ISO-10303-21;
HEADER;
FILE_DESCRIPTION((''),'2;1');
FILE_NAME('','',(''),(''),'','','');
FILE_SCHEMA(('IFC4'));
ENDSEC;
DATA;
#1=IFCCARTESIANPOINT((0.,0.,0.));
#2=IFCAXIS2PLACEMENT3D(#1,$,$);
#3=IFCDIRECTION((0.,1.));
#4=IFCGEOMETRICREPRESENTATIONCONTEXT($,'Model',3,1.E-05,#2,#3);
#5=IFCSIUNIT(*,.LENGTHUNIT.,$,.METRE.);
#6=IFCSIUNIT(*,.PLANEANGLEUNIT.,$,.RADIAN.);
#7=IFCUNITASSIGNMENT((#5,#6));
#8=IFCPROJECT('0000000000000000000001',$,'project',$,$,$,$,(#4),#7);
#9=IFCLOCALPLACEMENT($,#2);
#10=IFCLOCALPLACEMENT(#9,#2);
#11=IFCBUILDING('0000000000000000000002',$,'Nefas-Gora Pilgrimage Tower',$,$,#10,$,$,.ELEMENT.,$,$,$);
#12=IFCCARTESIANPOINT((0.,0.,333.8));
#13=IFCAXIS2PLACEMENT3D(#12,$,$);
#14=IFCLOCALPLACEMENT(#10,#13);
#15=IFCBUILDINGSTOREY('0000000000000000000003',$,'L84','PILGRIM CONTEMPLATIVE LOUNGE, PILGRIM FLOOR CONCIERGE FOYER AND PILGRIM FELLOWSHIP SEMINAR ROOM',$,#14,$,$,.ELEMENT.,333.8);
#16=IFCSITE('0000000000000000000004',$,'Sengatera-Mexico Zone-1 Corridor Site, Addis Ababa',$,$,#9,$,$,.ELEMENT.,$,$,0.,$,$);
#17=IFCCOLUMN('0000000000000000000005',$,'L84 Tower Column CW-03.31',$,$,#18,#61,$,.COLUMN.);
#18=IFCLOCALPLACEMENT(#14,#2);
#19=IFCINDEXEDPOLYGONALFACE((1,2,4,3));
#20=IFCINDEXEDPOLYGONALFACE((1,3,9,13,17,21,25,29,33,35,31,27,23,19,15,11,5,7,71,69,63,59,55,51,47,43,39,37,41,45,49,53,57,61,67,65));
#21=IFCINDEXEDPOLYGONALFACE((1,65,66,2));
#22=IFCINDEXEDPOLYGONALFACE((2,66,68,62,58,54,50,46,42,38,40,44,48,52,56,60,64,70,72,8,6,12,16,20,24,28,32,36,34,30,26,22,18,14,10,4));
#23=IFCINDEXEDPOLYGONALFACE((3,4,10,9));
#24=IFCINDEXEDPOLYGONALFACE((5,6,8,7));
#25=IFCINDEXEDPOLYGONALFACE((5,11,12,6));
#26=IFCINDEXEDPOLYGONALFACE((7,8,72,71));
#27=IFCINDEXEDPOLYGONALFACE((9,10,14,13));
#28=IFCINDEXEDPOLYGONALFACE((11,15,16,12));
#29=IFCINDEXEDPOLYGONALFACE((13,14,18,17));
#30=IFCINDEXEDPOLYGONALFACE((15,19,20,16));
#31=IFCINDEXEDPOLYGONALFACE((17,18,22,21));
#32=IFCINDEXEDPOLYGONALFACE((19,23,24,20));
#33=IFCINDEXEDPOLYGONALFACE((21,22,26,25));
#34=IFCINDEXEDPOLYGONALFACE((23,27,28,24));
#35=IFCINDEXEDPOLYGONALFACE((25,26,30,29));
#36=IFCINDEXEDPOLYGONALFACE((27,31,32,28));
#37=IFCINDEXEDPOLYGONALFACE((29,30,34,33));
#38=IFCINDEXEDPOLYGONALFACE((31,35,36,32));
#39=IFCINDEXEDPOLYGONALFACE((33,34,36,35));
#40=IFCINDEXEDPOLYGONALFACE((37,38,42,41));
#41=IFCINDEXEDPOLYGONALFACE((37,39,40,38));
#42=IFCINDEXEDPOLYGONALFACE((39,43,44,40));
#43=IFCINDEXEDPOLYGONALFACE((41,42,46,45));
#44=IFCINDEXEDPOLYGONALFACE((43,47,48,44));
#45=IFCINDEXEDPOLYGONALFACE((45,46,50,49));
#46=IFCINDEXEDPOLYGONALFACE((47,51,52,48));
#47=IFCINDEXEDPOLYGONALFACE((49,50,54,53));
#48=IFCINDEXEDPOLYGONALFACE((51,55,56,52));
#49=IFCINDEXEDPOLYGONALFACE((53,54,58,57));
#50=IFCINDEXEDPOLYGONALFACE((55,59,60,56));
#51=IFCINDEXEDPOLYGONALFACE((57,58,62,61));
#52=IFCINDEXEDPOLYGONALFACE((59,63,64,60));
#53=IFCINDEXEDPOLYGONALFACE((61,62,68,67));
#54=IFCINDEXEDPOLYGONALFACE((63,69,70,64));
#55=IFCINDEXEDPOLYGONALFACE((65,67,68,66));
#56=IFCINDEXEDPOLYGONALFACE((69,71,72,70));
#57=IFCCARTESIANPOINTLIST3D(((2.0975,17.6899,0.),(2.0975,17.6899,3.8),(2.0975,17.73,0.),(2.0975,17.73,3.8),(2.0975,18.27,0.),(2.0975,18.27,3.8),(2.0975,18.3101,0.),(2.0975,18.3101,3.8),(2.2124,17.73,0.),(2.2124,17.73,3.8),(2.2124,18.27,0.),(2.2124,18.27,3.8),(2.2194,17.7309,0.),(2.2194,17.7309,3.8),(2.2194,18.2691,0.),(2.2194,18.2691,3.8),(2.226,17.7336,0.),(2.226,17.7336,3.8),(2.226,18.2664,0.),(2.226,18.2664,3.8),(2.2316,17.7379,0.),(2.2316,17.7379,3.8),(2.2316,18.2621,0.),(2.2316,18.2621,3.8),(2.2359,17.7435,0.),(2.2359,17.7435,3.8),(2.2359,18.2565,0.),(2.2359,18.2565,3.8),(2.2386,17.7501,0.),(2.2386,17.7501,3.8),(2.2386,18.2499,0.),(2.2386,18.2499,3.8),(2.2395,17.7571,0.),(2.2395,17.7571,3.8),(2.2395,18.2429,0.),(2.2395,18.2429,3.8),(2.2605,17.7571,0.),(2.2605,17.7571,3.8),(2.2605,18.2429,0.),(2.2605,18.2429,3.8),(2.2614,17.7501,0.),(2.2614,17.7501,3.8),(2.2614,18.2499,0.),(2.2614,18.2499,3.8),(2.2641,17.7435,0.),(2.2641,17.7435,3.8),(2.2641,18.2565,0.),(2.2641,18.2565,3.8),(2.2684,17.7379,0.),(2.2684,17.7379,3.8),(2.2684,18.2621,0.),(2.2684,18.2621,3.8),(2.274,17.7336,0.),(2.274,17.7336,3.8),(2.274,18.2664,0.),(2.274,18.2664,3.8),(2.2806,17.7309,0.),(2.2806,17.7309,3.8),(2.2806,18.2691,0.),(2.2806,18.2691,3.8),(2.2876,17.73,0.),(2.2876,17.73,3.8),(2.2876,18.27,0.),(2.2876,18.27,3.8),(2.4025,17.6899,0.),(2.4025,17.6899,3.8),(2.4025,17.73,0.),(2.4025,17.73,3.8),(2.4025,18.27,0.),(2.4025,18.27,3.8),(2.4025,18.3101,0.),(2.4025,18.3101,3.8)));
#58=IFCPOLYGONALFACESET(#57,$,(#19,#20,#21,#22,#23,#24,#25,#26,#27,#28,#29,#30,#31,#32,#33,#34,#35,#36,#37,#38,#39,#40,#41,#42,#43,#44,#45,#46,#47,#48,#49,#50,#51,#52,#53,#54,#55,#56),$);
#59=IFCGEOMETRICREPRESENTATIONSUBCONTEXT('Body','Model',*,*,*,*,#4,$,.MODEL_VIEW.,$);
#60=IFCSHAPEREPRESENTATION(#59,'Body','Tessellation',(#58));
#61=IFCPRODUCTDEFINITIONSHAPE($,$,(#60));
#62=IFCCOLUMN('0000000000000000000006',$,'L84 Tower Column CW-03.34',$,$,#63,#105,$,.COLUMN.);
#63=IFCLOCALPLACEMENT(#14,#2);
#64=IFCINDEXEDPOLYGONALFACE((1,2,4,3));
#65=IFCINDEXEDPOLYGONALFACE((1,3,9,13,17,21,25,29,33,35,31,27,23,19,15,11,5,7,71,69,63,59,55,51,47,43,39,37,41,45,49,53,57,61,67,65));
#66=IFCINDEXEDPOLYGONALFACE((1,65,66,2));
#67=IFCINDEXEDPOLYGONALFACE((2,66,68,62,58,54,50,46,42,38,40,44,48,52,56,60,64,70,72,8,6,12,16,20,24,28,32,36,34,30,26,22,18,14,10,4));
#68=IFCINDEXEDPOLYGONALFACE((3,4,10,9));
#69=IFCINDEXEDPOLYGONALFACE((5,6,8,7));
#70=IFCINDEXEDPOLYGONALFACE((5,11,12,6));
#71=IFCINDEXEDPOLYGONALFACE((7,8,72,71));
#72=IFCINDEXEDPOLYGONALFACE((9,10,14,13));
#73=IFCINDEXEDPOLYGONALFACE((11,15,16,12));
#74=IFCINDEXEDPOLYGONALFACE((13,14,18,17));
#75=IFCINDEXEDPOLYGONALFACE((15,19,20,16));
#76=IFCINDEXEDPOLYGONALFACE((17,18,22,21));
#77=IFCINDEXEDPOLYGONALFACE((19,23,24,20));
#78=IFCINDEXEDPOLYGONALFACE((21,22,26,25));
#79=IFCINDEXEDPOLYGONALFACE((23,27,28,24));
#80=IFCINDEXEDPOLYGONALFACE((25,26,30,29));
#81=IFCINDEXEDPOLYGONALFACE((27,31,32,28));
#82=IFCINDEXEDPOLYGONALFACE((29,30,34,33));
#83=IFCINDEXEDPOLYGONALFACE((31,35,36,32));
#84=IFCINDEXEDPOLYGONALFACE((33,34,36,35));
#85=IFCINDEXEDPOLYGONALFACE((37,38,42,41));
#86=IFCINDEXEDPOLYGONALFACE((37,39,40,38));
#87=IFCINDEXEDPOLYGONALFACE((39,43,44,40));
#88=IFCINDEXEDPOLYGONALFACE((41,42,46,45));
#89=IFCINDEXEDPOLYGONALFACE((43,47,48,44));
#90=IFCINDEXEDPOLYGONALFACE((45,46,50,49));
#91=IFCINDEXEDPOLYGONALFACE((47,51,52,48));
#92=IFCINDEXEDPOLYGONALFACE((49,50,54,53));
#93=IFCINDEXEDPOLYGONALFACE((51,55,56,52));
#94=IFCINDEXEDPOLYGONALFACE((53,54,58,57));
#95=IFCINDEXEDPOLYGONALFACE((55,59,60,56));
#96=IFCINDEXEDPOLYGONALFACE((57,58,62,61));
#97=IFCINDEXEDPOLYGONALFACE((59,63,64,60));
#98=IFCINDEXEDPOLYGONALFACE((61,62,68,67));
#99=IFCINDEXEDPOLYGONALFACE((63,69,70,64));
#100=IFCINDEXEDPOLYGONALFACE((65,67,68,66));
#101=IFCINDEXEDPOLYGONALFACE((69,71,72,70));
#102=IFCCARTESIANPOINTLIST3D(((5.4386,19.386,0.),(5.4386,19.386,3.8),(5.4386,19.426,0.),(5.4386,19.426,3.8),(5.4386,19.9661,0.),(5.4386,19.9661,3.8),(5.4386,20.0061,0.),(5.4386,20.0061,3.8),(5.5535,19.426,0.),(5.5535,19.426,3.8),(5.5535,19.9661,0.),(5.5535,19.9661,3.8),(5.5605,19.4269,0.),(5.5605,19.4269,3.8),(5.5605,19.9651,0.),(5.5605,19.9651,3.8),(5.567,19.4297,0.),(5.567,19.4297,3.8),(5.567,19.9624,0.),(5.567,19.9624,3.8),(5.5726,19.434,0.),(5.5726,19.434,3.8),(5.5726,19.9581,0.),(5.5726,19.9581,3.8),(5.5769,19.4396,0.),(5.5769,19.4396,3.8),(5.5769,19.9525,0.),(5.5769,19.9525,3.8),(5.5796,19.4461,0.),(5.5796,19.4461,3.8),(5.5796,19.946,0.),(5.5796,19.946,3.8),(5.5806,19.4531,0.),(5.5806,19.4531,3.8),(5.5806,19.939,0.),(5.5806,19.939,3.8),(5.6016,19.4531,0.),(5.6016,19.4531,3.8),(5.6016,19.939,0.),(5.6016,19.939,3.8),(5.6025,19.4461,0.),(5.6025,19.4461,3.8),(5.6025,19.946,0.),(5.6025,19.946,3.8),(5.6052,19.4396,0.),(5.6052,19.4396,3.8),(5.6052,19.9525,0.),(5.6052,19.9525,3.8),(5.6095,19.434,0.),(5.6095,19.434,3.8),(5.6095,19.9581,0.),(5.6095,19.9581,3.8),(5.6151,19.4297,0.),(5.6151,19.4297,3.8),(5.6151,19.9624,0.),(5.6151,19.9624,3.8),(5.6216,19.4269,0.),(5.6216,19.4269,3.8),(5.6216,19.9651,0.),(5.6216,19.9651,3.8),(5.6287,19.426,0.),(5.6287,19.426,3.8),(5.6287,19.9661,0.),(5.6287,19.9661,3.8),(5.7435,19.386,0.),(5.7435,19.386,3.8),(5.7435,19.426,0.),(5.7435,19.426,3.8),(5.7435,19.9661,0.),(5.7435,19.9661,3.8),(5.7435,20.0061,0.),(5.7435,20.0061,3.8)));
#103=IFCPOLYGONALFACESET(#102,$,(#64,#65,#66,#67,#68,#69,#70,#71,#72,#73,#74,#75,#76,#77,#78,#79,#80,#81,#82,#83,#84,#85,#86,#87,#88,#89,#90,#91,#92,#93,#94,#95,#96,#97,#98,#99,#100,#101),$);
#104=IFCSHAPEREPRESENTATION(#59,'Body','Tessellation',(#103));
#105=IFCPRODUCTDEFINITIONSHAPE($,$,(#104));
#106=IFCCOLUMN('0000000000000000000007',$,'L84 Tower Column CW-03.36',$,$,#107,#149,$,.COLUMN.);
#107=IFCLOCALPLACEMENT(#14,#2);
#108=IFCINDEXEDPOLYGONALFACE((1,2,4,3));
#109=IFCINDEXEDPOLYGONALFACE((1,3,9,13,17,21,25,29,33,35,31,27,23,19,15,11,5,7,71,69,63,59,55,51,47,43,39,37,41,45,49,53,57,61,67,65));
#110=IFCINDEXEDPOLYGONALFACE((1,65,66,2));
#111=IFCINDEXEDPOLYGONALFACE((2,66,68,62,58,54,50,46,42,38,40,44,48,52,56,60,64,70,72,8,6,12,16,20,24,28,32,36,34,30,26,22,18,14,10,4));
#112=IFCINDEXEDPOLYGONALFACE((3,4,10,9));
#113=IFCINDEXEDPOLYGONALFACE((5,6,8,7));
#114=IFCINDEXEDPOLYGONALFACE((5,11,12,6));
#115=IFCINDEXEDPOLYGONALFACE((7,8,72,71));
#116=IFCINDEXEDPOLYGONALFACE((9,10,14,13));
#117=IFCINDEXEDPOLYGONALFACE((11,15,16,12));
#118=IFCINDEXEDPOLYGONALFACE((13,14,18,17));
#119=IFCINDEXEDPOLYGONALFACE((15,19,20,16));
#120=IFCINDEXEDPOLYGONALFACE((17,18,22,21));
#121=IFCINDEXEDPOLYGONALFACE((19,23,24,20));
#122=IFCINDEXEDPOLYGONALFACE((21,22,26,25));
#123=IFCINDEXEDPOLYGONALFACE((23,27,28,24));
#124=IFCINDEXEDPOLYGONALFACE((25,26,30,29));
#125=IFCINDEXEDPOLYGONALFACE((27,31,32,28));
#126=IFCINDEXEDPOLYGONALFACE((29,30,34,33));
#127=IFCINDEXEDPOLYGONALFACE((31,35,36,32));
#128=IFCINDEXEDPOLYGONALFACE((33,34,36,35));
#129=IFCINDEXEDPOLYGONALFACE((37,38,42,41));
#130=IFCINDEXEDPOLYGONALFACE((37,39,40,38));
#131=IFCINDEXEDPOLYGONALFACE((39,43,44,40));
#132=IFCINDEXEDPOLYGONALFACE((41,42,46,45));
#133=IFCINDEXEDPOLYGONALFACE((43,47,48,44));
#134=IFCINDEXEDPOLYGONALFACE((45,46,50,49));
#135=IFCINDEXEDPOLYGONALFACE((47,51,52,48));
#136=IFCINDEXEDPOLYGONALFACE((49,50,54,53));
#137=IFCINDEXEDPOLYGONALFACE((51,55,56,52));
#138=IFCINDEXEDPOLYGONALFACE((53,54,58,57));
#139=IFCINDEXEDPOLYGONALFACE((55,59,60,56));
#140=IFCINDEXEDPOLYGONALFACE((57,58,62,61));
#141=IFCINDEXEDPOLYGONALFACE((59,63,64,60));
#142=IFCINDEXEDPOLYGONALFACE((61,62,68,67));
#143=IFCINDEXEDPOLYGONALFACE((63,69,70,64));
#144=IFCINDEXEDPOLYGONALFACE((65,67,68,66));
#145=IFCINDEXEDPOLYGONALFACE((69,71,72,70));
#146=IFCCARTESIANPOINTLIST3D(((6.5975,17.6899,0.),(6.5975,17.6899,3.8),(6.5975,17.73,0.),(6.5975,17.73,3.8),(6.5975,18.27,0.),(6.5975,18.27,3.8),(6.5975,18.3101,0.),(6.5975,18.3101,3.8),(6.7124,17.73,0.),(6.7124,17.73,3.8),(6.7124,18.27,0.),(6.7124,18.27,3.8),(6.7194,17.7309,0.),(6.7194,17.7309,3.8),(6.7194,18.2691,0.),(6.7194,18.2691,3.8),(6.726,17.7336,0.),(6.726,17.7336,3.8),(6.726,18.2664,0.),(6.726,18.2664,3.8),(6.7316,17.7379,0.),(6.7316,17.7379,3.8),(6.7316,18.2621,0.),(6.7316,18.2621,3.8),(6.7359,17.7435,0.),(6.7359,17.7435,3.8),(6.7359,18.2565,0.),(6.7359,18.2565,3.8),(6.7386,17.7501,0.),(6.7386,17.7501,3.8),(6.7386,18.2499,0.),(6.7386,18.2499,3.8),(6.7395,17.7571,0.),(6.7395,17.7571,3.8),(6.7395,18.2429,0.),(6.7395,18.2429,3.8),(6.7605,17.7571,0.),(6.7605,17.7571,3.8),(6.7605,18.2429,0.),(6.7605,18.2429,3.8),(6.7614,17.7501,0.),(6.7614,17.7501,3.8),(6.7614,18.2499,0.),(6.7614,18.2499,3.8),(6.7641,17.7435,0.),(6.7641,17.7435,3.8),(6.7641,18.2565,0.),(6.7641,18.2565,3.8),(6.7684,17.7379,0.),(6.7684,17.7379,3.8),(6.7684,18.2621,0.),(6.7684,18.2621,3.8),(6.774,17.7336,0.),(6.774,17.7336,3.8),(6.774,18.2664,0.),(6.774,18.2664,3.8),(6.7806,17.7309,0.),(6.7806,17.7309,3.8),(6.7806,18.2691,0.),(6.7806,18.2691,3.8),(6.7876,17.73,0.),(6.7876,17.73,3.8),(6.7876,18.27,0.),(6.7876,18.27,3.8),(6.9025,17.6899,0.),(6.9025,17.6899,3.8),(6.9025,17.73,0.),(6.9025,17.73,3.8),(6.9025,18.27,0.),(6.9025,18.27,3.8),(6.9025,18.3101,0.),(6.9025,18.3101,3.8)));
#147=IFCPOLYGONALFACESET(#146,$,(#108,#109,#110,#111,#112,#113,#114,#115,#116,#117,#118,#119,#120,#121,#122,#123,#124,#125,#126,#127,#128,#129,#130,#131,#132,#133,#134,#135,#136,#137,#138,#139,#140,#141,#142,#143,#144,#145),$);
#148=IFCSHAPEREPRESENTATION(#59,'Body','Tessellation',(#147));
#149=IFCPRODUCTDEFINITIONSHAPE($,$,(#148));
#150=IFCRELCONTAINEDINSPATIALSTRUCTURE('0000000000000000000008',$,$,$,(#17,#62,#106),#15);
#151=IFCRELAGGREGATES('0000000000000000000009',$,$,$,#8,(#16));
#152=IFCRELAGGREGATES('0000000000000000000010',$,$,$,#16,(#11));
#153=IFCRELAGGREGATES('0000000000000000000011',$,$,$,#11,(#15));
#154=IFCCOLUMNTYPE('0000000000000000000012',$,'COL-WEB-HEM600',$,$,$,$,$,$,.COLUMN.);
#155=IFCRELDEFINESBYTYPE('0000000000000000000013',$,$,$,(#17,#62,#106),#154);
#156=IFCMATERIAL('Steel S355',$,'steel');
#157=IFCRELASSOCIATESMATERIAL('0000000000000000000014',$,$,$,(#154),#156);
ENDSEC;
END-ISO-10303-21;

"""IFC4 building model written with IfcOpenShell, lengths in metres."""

from ifc_helpers import new_model, si_unit, direction, frame, origin, origin_2d, place, context, subcontext, project, spatial, i_section, extrude, source, transform, mapped, material, material_profile, profile_set, type_object, element, save


model = new_model("IFC4")

# Units and contexts
model_context = context("Model", 3, precision=1e-05, world=origin(), true_north=direction((0.0, 1.0)))
body_context = subcontext(model_context, "Body", "Model", "MODEL_VIEW")
ifc_project = project(units=[si_unit("LENGTHUNIT", "METRE"), si_unit("PLANEANGLEUNIT", "RADIAN")], contexts=[model_context])

# Site, building, storey
site_placement = place(None, origin())
site = spatial("IfcSite", under=ifc_project, at=site_placement, Name="Sengatera-Mexico Zone-1 Corridor Site, Addis Ababa", CompositionType="ELEMENT", RefElevation=0.0)
building_placement = place(site_placement, origin())
building = spatial("IfcBuilding", under=site, at=building_placement, Name="Nefas-Gora Pilgrimage Tower", CompositionType="ELEMENT")
storey_placement = place(building_placement, frame((0.0, 0.0, 333.8)))
storey = spatial("IfcBuildingStorey", under=building, at=storey_placement, Name="L84", Description="PILGRIM CONTEMPLATIVE LOUNGE, PILGRIM FLOOR CONCIERGE FOYER AND PILGRIM FELLOWSHIP SEMINAR ROOM", CompositionType="ELEMENT", Elevation=333.8)

# Columns
ifc_material_1 = material(Name="Steel S355", Category="steel")
ifc_material_profile_1 = material_profile(ifc_material_1, i_section(OverallWidth=0.3049, OverallDepth=0.6201, WebThickness=0.021, FlangeThickness=0.04, FilletRadius=0.0271, at=origin_2d()), Name="HEM 600")
ifc_profile_set_1 = profile_set([ifc_material_profile_1], Name="Steel S355")
column_type_1 = type_object("IfcColumnType", Name="COL-WEB-HEM600", PredefinedType="COLUMN", material=ifc_profile_set_1)
shared_shape_1 = source(origin(), body_context, "Body", "SweptSolid", [
    extrude(i_section(OverallWidth=0.3049, OverallDepth=0.6201, WebThickness=0.021, FlangeThickness=0.04, FilletRadius=0.0271, at=origin_2d()), origin(), (0.0, 0.0, 1.0), 3.8),
])
for number, where, z_axis, x_axis, name in (
    (1, (2.25, 18.0, 0.0), (0.0, 0.0, 1.0), (1.0, 0.0, 0.0), "L84 Tower Column CW-03.31"),
    (2, (5.5911, 19.696, 0.0), (0.0, 0.0, 1.0), (1.0, 0.0, 0.0), "L84 Tower Column CW-03.34"),
    (3, (6.75, 18.0, 0.0), (0.0, 0.0, 1.0), (1.0, 0.0, 0.0), "L84 Tower Column CW-03.36"),
):
    element("IfcColumn", number, at=place(storey_placement, frame(where, z_axis=z_axis, x_axis=x_axis)), inside=storey, type_object=column_type_1, Name=name, PredefinedType="COLUMN", context=body_context, shape_type="MappedRepresentation", body=[
        mapped(shared_shape_1, transform((0.0, 0.0, 0.0), x_axis=(1.0, 0.0, 0.0), y_axis=(0.0, 1.0, 0.0), z_axis=(0.0, 0.0, 1.0), scale=1.0)),
    ])

save(model, "model.ifc")
